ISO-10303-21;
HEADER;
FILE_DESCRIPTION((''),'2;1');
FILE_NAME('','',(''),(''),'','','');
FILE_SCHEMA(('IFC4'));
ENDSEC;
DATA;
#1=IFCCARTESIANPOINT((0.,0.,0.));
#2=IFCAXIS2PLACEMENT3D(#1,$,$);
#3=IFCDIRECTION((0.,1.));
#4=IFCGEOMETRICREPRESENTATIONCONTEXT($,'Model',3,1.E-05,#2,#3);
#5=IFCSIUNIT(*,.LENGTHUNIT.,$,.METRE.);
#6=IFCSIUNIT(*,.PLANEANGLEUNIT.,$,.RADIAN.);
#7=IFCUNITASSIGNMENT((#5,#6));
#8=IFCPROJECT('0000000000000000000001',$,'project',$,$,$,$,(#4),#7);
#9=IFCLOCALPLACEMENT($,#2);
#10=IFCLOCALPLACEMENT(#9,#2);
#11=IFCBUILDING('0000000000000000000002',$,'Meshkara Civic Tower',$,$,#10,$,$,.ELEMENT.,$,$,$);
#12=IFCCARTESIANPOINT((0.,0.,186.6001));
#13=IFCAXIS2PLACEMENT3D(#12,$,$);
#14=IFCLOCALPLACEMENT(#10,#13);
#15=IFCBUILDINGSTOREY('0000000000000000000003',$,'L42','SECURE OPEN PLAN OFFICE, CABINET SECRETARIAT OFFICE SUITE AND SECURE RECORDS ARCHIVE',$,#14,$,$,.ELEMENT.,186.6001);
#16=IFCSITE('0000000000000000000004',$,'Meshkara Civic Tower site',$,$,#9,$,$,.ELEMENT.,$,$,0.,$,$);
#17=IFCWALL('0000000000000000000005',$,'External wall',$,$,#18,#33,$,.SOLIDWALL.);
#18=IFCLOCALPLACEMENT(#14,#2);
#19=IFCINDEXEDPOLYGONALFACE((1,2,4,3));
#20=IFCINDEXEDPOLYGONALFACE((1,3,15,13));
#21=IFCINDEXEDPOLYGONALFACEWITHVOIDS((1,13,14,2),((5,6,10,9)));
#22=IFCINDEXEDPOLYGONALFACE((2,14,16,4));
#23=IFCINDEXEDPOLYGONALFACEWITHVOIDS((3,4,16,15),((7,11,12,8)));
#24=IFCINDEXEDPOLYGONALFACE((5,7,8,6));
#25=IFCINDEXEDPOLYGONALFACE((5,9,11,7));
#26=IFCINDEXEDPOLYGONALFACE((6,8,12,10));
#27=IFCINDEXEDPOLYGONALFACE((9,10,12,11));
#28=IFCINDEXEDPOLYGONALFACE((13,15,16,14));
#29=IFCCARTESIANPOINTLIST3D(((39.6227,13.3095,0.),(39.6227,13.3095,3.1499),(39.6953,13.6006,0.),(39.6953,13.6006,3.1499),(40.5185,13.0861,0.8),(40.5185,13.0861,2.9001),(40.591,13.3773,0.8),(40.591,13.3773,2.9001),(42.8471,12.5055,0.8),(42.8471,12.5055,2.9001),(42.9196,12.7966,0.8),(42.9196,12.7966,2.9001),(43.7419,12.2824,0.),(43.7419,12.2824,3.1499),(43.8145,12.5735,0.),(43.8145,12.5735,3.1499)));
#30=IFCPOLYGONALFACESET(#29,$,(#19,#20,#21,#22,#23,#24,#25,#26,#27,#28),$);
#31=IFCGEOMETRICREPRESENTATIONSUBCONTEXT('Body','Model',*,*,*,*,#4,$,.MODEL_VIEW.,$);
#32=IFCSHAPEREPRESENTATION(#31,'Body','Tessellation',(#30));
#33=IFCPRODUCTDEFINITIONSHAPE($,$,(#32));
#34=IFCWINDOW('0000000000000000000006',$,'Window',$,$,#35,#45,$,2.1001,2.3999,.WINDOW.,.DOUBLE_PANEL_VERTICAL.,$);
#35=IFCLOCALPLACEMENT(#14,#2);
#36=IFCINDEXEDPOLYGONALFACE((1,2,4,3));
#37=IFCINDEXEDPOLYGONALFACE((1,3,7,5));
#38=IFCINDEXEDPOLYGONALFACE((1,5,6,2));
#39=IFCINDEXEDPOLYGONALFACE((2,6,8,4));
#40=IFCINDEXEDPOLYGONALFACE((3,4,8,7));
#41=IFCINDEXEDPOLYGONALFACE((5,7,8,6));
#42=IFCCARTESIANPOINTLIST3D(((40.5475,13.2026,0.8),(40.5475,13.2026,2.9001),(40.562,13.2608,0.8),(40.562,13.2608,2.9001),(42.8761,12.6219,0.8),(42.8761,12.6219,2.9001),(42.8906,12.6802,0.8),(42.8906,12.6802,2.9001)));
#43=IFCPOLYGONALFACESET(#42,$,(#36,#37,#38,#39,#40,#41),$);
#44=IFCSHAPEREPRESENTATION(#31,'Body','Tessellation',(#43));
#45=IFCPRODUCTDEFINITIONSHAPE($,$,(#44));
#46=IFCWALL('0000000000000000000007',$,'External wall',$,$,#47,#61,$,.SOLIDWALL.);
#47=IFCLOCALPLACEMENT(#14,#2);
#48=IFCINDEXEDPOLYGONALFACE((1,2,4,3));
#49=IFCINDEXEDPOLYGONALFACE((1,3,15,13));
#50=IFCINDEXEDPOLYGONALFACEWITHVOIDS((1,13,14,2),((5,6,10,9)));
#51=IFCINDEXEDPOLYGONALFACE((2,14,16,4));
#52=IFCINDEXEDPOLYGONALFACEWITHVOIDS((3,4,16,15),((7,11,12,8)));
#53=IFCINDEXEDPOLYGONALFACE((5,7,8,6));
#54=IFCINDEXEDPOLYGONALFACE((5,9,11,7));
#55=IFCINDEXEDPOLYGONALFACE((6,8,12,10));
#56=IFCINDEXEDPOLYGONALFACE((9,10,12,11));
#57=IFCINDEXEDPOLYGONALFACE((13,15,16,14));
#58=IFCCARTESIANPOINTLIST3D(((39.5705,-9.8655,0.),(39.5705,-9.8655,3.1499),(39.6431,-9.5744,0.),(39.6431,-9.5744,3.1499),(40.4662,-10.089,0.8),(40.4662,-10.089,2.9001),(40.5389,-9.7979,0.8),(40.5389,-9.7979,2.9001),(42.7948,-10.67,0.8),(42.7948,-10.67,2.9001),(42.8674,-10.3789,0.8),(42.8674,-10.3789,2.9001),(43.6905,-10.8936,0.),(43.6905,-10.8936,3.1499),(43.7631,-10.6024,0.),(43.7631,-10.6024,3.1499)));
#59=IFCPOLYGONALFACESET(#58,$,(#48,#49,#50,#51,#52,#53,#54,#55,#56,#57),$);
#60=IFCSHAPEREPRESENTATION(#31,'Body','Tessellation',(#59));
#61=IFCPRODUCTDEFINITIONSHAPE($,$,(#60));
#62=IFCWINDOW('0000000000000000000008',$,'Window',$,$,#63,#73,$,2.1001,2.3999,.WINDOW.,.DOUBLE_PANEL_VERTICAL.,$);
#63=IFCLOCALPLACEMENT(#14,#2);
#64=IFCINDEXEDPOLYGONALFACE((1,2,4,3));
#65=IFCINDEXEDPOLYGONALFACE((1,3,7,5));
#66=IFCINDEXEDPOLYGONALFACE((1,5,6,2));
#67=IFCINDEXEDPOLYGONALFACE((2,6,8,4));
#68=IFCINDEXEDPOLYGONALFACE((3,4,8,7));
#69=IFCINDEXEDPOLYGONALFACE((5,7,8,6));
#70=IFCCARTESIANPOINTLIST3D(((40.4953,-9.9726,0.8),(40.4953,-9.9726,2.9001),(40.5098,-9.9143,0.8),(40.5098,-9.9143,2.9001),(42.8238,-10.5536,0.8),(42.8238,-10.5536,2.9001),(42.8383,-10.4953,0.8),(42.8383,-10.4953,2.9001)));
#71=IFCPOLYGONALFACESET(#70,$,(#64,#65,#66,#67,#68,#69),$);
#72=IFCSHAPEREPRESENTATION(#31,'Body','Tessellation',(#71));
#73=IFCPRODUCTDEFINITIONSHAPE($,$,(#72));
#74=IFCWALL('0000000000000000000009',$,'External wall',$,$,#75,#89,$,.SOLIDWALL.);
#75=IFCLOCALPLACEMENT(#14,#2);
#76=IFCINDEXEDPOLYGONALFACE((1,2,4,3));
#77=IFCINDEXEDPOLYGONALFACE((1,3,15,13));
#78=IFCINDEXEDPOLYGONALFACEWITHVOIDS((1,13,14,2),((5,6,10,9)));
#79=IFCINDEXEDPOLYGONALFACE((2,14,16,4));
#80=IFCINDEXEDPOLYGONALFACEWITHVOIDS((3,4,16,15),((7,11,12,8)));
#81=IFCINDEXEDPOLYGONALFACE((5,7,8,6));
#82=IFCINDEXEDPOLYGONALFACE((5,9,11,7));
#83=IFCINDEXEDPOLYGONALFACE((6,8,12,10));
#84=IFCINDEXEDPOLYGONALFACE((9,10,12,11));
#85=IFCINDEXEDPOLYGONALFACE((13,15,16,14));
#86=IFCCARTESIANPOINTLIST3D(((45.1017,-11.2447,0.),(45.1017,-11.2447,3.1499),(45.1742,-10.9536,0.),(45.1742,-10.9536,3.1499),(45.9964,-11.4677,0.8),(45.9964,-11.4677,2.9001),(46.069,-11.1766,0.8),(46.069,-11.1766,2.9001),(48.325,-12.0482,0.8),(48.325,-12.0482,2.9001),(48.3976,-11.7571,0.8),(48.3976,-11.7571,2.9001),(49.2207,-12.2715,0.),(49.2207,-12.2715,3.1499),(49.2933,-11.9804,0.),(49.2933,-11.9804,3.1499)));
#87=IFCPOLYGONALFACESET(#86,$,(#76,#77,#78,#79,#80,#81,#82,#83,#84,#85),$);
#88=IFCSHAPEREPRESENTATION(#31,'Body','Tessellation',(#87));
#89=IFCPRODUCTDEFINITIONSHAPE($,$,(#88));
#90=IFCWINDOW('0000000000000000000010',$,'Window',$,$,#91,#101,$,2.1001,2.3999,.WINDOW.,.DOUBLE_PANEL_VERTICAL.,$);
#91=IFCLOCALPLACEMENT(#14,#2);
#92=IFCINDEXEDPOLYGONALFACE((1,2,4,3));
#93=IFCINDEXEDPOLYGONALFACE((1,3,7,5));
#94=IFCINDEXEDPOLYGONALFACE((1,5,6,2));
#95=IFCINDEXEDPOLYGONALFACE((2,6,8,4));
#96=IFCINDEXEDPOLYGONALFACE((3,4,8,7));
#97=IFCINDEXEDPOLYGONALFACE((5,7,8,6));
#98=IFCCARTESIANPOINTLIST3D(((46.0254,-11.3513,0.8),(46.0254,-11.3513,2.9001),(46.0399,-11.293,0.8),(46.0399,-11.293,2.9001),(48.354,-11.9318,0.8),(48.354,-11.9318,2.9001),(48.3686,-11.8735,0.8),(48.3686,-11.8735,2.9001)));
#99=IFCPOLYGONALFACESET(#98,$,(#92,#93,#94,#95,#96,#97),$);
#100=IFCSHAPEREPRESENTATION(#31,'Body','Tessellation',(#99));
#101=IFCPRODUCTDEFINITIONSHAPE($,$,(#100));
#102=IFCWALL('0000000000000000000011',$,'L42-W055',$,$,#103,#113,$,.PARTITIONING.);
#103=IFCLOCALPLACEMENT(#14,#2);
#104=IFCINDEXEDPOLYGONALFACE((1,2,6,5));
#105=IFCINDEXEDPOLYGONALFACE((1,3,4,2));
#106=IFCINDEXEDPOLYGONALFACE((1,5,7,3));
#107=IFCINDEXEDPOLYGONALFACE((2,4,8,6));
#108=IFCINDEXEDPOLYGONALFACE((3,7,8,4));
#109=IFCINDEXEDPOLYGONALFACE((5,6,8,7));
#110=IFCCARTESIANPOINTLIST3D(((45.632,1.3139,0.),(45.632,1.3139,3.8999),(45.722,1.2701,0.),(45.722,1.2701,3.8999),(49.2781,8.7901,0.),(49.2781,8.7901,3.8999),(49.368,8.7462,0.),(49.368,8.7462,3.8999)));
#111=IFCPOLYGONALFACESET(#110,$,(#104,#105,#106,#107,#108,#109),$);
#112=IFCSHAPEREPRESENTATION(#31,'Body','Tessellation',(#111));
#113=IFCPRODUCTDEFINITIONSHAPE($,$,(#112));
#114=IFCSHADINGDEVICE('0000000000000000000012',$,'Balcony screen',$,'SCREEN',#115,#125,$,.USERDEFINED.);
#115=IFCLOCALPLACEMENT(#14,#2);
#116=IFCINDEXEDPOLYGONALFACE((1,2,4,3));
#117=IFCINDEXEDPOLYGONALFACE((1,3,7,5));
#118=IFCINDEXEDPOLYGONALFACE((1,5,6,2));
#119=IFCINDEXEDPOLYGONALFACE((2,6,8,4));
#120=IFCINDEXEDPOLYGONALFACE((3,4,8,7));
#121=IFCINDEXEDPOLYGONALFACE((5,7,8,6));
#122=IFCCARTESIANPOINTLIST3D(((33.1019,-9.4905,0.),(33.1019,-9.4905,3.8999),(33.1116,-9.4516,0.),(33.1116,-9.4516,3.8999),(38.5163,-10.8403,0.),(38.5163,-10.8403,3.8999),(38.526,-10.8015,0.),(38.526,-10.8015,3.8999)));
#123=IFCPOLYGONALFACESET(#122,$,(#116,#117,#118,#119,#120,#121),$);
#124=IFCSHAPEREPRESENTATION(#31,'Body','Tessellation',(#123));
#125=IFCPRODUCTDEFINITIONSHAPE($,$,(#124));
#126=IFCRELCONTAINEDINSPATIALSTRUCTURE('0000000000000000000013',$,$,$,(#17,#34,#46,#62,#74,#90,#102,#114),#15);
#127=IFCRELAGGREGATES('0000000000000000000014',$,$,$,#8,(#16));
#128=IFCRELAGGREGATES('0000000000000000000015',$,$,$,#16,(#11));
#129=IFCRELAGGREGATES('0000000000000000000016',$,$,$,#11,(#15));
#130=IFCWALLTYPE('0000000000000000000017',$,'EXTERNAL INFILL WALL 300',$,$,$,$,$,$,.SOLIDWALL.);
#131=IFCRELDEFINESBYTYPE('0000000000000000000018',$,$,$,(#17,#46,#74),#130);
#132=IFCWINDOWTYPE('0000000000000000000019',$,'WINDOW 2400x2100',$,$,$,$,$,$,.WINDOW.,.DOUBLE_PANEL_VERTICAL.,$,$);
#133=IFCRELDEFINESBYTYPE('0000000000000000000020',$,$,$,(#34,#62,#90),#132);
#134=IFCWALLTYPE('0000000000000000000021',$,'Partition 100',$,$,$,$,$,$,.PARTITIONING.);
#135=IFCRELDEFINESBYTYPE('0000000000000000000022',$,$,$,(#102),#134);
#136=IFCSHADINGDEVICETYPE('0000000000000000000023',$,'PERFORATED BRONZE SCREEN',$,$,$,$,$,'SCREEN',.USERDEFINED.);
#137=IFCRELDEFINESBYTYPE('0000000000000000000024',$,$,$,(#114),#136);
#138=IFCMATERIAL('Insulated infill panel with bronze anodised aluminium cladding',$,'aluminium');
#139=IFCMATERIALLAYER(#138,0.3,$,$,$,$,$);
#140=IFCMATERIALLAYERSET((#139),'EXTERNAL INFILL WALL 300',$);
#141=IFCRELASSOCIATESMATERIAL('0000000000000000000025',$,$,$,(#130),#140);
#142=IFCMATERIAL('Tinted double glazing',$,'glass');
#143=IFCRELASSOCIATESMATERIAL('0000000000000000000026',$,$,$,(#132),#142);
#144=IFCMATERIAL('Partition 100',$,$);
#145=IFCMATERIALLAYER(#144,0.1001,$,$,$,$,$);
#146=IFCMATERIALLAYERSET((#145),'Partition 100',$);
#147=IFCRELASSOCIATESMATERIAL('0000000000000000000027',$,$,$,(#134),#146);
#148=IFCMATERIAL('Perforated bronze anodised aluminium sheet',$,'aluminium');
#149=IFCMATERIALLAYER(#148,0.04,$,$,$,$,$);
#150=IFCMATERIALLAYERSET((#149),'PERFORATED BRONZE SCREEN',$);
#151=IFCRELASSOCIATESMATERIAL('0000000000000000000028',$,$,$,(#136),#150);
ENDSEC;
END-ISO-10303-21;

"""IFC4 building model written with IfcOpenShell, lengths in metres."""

from ifc_helpers import new_model, si_unit, direction, frame, frame_2d, origin, origin_2d, place, context, subcontext, project, spatial, rectangle, extrude, material, layer, layer_set, type_object, element, fill, save


model = new_model("IFC4")

# Units and contexts
model_context = context("Model", 3, precision=1e-05, world=origin(), true_north=direction((0.0, 1.0)))
body_context = subcontext(model_context, "Body", "Model", "MODEL_VIEW")
ifc_project = project(units=[si_unit("LENGTHUNIT", "METRE"), si_unit("PLANEANGLEUNIT", "RADIAN")], contexts=[model_context])

# Site, building, storey
site_placement = place(None, origin())
site = spatial("IfcSite", under=ifc_project, at=site_placement, Name="Meshkara Civic Tower site", CompositionType="ELEMENT", RefElevation=0.0)
building_placement = place(site_placement, origin())
building = spatial("IfcBuilding", under=site, at=building_placement, Name="Meshkara Civic Tower", CompositionType="ELEMENT")
storey_placement = place(building_placement, frame((0.0, 0.0, 186.6001)))
storey = spatial("IfcBuildingStorey", under=building, at=storey_placement, Name="L42", Description="SECURE OPEN PLAN OFFICE, CABINET SECRETARIAT OFFICE SUITE AND SECURE RECORDS ARCHIVE", CompositionType="ELEMENT", Elevation=186.6001)

# Walls, openings, windows
ifc_material_1 = material(Name="Insulated infill panel with bronze anodised aluminium cladding", Category="aluminium")
ifc_layer_1 = layer(ifc_material_1, 0.3)
ifc_layer_set_1 = layer_set([ifc_layer_1], Name="EXTERNAL INFILL WALL 300")
wall_type_1 = type_object("IfcWallType", Name="EXTERNAL INFILL WALL 300", PredefinedType="SOLIDWALL", material=ifc_layer_set_1)
wall_1_placement = place(storey_placement, frame((43.7781, 12.428, 0.0), z_axis=(0.0, 0.0, 1.0), x_axis=(-0.970291, 0.24194, 0.0)))
wall_1 = element("IfcWall", 1, at=wall_1_placement, inside=storey, type_object=wall_type_1, Name="External wall", PredefinedType="SOLIDWALL", context=body_context, shape_type="SweptSolid", body=[
    extrude(rectangle(XDim=4.2454, YDim=0.3, at=frame_2d((2.1226, 0.0))), origin(), (0.0, 0.0, 1.0), 3.1499),
])
opening_1_placement = place(wall_1_placement, frame((0.9221, 0.0, 0.8)))
opening_1 = element("IfcOpeningElement", 2, at=opening_1_placement, cuts=wall_1, PredefinedType="OPENING", context=body_context, shape_type="SweptSolid", body=[
    extrude(rectangle(XDim=2.3999, YDim=2.1001, at=frame_2d((1.2, 1.05))), frame((0.0, 0.1599, 0.0), z_axis=(0.0, -1.0, 0.0), x_axis=(1.0, 0.0, 0.0)), (0.0, 0.0, 1.0), 0.3201),
])
ifc_material_2 = material(Name="Tinted double glazing", Category="glass")
window_type = type_object("IfcWindowType", Name="WINDOW 2400x2100", PartitioningType="DOUBLE_PANEL_VERTICAL", PredefinedType="WINDOW", material=ifc_material_2)
window_1_placement = place(opening_1_placement, origin())
window_1 = element("IfcWindow", 3, at=window_1_placement, inside=storey, type_object=window_type, Name="Window", OverallHeight=2.1001, OverallWidth=2.3999, PartitioningType="DOUBLE_PANEL_VERTICAL", PredefinedType="WINDOW", context=body_context, shape_type="SweptSolid", body=[
    extrude(rectangle(XDim=2.3999, YDim=2.1001, at=frame_2d((1.2, 1.05))), frame((0.0, 0.03, 0.0), z_axis=(0.0, -1.0, 0.0), x_axis=(1.0, 0.0, 0.0)), (0.0, 0.0, 1.0), 0.0601),
])
fill(opening_1, window_1)
wall_2_placement = place(storey_placement, frame((39.6069, -9.72, 0.0), z_axis=(0.0, 0.0, 1.0), x_axis=(0.970251, -0.242103, 0.0)))
wall_2 = element("IfcWall", 4, at=wall_2_placement, inside=storey, type_object=wall_type_1, Name="External wall", PredefinedType="SOLIDWALL", context=body_context, shape_type="SweptSolid", body=[
    extrude(rectangle(XDim=4.2463, YDim=0.3, at=frame_2d((2.123, 0.0))), origin(), (0.0, 0.0, 1.0), 3.1499),
])
opening_2_placement = place(wall_2_placement, frame((0.9231, 0.0, 0.8)))
opening_2 = element("IfcOpeningElement", 5, at=opening_2_placement, cuts=wall_2, PredefinedType="OPENING", context=body_context, shape_type="SweptSolid", body=[
    extrude(rectangle(XDim=2.3999, YDim=2.1001, at=frame_2d((1.2, 1.05))), frame((0.0, 0.1599, 0.0), z_axis=(0.0, -1.0, 0.0), x_axis=(1.0, 0.0, 0.0)), (0.0, 0.0, 1.0), 0.3201),
])
window_2_placement = place(opening_2_placement, origin())
window_2 = element("IfcWindow", 6, at=window_2_placement, inside=storey, type_object=window_type, Name="Window", OverallHeight=2.1001, OverallWidth=2.3999, PartitioningType="DOUBLE_PANEL_VERTICAL", PredefinedType="WINDOW", context=body_context, shape_type="SweptSolid", body=[
    extrude(rectangle(XDim=2.3999, YDim=2.1001, at=frame_2d((1.2, 1.05))), frame((0.0, 0.03, 0.0), z_axis=(0.0, -1.0, 0.0), x_axis=(1.0, 0.0, 0.0)), (0.0, 0.0, 1.0), 0.0601),
])
fill(opening_2, window_2)
wall_3_placement = place(storey_placement, frame((45.1379, -11.0991, 0.0), z_axis=(0.0, 0.0, 1.0), x_axis=(0.970305, -0.241886, 0.0)))
wall_3 = element("IfcWall", 7, at=wall_3_placement, inside=storey, type_object=wall_type_1, Name="External wall", PredefinedType="SOLIDWALL", context=body_context, shape_type="SweptSolid", body=[
    extrude(rectangle(XDim=4.2451, YDim=0.3, at=frame_2d((2.1226, 0.0))), origin(), (0.0, 0.0, 1.0), 3.1499),
])
opening_3_placement = place(wall_3_placement, frame((0.9221, 0.0, 0.8)))
opening_3 = element("IfcOpeningElement", 8, at=opening_3_placement, cuts=wall_3, PredefinedType="OPENING", context=body_context, shape_type="SweptSolid", body=[
    extrude(rectangle(XDim=2.3999, YDim=2.1001, at=frame_2d((1.2, 1.05))), frame((0.0, 0.1599, 0.0), z_axis=(0.0, -1.0, 0.0), x_axis=(1.0, 0.0, 0.0)), (0.0, 0.0, 1.0), 0.3201),
])
window_3_placement = place(opening_3_placement, origin())
window_3 = element("IfcWindow", 9, at=window_3_placement, inside=storey, type_object=window_type, Name="Window", OverallHeight=2.1001, OverallWidth=2.3999, PartitioningType="DOUBLE_PANEL_VERTICAL", PredefinedType="WINDOW", context=body_context, shape_type="SweptSolid", body=[
    extrude(rectangle(XDim=2.3999, YDim=2.1001, at=frame_2d((1.2, 1.05))), frame((0.0, 0.03, 0.0), z_axis=(0.0, -1.0, 0.0), x_axis=(1.0, 0.0, 0.0)), (0.0, 0.0, 1.0), 0.0601),
])
fill(opening_3, window_3)

# Wall
ifc_material_3 = material(Name="Partition 100")
ifc_layer_2 = layer(ifc_material_3, 0.1001)
ifc_layer_set_2 = layer_set([ifc_layer_2], Name="Partition 100")
wall_type_2 = type_object("IfcWallType", Name="Partition 100", PredefinedType="PARTITIONING", material=ifc_layer_set_2)
wall_4_placement = place(storey_placement, frame((45.677, 1.292, 0.0), z_axis=(0.0, 0.0, 1.0), x_axis=(0.438339, 0.89881, 0.0)))
element("IfcWall", 10, at=wall_4_placement, inside=storey, type_object=wall_type_2, Name="L42-W055", PredefinedType="PARTITIONING", context=body_context, shape_type="SweptSolid", body=[
    extrude(rectangle(XDim=8.3179, YDim=0.1001, at=frame_2d((4.1589, 0.0))), origin(), (0.0, 0.0, 1.0), 3.8999),
])

# Shading device
ifc_material_4 = material(Name="Perforated bronze anodised aluminium sheet", Category="aluminium")
ifc_layer_3 = layer(ifc_material_4, 0.04)
ifc_layer_set_3 = layer_set([ifc_layer_3], Name="PERFORATED BRONZE SCREEN")
shading_device_type = type_object("IfcShadingDeviceType", Name="PERFORATED BRONZE SCREEN", ElementType="SCREEN", PredefinedType="USERDEFINED", material=ifc_layer_set_3)
shading_device_placement = place(storey_placement, frame((35.814, -10.146, 0.0), z_axis=(0.0, 0.0, 1.0), x_axis=(0.9703, -0.241905, 0.0)))
element("IfcShadingDevice", 11, at=shading_device_placement, inside=storey, type_object=shading_device_type, Name="Balcony screen", ObjectType="SCREEN", PredefinedType="USERDEFINED", context=body_context, shape_type="SweptSolid", body=[
    extrude(rectangle(XDim=5.5801, YDim=0.04, at=origin_2d()), origin(), (0.0, 0.0, 1.0), 3.8999),
])

save(model, "model.ifc")
